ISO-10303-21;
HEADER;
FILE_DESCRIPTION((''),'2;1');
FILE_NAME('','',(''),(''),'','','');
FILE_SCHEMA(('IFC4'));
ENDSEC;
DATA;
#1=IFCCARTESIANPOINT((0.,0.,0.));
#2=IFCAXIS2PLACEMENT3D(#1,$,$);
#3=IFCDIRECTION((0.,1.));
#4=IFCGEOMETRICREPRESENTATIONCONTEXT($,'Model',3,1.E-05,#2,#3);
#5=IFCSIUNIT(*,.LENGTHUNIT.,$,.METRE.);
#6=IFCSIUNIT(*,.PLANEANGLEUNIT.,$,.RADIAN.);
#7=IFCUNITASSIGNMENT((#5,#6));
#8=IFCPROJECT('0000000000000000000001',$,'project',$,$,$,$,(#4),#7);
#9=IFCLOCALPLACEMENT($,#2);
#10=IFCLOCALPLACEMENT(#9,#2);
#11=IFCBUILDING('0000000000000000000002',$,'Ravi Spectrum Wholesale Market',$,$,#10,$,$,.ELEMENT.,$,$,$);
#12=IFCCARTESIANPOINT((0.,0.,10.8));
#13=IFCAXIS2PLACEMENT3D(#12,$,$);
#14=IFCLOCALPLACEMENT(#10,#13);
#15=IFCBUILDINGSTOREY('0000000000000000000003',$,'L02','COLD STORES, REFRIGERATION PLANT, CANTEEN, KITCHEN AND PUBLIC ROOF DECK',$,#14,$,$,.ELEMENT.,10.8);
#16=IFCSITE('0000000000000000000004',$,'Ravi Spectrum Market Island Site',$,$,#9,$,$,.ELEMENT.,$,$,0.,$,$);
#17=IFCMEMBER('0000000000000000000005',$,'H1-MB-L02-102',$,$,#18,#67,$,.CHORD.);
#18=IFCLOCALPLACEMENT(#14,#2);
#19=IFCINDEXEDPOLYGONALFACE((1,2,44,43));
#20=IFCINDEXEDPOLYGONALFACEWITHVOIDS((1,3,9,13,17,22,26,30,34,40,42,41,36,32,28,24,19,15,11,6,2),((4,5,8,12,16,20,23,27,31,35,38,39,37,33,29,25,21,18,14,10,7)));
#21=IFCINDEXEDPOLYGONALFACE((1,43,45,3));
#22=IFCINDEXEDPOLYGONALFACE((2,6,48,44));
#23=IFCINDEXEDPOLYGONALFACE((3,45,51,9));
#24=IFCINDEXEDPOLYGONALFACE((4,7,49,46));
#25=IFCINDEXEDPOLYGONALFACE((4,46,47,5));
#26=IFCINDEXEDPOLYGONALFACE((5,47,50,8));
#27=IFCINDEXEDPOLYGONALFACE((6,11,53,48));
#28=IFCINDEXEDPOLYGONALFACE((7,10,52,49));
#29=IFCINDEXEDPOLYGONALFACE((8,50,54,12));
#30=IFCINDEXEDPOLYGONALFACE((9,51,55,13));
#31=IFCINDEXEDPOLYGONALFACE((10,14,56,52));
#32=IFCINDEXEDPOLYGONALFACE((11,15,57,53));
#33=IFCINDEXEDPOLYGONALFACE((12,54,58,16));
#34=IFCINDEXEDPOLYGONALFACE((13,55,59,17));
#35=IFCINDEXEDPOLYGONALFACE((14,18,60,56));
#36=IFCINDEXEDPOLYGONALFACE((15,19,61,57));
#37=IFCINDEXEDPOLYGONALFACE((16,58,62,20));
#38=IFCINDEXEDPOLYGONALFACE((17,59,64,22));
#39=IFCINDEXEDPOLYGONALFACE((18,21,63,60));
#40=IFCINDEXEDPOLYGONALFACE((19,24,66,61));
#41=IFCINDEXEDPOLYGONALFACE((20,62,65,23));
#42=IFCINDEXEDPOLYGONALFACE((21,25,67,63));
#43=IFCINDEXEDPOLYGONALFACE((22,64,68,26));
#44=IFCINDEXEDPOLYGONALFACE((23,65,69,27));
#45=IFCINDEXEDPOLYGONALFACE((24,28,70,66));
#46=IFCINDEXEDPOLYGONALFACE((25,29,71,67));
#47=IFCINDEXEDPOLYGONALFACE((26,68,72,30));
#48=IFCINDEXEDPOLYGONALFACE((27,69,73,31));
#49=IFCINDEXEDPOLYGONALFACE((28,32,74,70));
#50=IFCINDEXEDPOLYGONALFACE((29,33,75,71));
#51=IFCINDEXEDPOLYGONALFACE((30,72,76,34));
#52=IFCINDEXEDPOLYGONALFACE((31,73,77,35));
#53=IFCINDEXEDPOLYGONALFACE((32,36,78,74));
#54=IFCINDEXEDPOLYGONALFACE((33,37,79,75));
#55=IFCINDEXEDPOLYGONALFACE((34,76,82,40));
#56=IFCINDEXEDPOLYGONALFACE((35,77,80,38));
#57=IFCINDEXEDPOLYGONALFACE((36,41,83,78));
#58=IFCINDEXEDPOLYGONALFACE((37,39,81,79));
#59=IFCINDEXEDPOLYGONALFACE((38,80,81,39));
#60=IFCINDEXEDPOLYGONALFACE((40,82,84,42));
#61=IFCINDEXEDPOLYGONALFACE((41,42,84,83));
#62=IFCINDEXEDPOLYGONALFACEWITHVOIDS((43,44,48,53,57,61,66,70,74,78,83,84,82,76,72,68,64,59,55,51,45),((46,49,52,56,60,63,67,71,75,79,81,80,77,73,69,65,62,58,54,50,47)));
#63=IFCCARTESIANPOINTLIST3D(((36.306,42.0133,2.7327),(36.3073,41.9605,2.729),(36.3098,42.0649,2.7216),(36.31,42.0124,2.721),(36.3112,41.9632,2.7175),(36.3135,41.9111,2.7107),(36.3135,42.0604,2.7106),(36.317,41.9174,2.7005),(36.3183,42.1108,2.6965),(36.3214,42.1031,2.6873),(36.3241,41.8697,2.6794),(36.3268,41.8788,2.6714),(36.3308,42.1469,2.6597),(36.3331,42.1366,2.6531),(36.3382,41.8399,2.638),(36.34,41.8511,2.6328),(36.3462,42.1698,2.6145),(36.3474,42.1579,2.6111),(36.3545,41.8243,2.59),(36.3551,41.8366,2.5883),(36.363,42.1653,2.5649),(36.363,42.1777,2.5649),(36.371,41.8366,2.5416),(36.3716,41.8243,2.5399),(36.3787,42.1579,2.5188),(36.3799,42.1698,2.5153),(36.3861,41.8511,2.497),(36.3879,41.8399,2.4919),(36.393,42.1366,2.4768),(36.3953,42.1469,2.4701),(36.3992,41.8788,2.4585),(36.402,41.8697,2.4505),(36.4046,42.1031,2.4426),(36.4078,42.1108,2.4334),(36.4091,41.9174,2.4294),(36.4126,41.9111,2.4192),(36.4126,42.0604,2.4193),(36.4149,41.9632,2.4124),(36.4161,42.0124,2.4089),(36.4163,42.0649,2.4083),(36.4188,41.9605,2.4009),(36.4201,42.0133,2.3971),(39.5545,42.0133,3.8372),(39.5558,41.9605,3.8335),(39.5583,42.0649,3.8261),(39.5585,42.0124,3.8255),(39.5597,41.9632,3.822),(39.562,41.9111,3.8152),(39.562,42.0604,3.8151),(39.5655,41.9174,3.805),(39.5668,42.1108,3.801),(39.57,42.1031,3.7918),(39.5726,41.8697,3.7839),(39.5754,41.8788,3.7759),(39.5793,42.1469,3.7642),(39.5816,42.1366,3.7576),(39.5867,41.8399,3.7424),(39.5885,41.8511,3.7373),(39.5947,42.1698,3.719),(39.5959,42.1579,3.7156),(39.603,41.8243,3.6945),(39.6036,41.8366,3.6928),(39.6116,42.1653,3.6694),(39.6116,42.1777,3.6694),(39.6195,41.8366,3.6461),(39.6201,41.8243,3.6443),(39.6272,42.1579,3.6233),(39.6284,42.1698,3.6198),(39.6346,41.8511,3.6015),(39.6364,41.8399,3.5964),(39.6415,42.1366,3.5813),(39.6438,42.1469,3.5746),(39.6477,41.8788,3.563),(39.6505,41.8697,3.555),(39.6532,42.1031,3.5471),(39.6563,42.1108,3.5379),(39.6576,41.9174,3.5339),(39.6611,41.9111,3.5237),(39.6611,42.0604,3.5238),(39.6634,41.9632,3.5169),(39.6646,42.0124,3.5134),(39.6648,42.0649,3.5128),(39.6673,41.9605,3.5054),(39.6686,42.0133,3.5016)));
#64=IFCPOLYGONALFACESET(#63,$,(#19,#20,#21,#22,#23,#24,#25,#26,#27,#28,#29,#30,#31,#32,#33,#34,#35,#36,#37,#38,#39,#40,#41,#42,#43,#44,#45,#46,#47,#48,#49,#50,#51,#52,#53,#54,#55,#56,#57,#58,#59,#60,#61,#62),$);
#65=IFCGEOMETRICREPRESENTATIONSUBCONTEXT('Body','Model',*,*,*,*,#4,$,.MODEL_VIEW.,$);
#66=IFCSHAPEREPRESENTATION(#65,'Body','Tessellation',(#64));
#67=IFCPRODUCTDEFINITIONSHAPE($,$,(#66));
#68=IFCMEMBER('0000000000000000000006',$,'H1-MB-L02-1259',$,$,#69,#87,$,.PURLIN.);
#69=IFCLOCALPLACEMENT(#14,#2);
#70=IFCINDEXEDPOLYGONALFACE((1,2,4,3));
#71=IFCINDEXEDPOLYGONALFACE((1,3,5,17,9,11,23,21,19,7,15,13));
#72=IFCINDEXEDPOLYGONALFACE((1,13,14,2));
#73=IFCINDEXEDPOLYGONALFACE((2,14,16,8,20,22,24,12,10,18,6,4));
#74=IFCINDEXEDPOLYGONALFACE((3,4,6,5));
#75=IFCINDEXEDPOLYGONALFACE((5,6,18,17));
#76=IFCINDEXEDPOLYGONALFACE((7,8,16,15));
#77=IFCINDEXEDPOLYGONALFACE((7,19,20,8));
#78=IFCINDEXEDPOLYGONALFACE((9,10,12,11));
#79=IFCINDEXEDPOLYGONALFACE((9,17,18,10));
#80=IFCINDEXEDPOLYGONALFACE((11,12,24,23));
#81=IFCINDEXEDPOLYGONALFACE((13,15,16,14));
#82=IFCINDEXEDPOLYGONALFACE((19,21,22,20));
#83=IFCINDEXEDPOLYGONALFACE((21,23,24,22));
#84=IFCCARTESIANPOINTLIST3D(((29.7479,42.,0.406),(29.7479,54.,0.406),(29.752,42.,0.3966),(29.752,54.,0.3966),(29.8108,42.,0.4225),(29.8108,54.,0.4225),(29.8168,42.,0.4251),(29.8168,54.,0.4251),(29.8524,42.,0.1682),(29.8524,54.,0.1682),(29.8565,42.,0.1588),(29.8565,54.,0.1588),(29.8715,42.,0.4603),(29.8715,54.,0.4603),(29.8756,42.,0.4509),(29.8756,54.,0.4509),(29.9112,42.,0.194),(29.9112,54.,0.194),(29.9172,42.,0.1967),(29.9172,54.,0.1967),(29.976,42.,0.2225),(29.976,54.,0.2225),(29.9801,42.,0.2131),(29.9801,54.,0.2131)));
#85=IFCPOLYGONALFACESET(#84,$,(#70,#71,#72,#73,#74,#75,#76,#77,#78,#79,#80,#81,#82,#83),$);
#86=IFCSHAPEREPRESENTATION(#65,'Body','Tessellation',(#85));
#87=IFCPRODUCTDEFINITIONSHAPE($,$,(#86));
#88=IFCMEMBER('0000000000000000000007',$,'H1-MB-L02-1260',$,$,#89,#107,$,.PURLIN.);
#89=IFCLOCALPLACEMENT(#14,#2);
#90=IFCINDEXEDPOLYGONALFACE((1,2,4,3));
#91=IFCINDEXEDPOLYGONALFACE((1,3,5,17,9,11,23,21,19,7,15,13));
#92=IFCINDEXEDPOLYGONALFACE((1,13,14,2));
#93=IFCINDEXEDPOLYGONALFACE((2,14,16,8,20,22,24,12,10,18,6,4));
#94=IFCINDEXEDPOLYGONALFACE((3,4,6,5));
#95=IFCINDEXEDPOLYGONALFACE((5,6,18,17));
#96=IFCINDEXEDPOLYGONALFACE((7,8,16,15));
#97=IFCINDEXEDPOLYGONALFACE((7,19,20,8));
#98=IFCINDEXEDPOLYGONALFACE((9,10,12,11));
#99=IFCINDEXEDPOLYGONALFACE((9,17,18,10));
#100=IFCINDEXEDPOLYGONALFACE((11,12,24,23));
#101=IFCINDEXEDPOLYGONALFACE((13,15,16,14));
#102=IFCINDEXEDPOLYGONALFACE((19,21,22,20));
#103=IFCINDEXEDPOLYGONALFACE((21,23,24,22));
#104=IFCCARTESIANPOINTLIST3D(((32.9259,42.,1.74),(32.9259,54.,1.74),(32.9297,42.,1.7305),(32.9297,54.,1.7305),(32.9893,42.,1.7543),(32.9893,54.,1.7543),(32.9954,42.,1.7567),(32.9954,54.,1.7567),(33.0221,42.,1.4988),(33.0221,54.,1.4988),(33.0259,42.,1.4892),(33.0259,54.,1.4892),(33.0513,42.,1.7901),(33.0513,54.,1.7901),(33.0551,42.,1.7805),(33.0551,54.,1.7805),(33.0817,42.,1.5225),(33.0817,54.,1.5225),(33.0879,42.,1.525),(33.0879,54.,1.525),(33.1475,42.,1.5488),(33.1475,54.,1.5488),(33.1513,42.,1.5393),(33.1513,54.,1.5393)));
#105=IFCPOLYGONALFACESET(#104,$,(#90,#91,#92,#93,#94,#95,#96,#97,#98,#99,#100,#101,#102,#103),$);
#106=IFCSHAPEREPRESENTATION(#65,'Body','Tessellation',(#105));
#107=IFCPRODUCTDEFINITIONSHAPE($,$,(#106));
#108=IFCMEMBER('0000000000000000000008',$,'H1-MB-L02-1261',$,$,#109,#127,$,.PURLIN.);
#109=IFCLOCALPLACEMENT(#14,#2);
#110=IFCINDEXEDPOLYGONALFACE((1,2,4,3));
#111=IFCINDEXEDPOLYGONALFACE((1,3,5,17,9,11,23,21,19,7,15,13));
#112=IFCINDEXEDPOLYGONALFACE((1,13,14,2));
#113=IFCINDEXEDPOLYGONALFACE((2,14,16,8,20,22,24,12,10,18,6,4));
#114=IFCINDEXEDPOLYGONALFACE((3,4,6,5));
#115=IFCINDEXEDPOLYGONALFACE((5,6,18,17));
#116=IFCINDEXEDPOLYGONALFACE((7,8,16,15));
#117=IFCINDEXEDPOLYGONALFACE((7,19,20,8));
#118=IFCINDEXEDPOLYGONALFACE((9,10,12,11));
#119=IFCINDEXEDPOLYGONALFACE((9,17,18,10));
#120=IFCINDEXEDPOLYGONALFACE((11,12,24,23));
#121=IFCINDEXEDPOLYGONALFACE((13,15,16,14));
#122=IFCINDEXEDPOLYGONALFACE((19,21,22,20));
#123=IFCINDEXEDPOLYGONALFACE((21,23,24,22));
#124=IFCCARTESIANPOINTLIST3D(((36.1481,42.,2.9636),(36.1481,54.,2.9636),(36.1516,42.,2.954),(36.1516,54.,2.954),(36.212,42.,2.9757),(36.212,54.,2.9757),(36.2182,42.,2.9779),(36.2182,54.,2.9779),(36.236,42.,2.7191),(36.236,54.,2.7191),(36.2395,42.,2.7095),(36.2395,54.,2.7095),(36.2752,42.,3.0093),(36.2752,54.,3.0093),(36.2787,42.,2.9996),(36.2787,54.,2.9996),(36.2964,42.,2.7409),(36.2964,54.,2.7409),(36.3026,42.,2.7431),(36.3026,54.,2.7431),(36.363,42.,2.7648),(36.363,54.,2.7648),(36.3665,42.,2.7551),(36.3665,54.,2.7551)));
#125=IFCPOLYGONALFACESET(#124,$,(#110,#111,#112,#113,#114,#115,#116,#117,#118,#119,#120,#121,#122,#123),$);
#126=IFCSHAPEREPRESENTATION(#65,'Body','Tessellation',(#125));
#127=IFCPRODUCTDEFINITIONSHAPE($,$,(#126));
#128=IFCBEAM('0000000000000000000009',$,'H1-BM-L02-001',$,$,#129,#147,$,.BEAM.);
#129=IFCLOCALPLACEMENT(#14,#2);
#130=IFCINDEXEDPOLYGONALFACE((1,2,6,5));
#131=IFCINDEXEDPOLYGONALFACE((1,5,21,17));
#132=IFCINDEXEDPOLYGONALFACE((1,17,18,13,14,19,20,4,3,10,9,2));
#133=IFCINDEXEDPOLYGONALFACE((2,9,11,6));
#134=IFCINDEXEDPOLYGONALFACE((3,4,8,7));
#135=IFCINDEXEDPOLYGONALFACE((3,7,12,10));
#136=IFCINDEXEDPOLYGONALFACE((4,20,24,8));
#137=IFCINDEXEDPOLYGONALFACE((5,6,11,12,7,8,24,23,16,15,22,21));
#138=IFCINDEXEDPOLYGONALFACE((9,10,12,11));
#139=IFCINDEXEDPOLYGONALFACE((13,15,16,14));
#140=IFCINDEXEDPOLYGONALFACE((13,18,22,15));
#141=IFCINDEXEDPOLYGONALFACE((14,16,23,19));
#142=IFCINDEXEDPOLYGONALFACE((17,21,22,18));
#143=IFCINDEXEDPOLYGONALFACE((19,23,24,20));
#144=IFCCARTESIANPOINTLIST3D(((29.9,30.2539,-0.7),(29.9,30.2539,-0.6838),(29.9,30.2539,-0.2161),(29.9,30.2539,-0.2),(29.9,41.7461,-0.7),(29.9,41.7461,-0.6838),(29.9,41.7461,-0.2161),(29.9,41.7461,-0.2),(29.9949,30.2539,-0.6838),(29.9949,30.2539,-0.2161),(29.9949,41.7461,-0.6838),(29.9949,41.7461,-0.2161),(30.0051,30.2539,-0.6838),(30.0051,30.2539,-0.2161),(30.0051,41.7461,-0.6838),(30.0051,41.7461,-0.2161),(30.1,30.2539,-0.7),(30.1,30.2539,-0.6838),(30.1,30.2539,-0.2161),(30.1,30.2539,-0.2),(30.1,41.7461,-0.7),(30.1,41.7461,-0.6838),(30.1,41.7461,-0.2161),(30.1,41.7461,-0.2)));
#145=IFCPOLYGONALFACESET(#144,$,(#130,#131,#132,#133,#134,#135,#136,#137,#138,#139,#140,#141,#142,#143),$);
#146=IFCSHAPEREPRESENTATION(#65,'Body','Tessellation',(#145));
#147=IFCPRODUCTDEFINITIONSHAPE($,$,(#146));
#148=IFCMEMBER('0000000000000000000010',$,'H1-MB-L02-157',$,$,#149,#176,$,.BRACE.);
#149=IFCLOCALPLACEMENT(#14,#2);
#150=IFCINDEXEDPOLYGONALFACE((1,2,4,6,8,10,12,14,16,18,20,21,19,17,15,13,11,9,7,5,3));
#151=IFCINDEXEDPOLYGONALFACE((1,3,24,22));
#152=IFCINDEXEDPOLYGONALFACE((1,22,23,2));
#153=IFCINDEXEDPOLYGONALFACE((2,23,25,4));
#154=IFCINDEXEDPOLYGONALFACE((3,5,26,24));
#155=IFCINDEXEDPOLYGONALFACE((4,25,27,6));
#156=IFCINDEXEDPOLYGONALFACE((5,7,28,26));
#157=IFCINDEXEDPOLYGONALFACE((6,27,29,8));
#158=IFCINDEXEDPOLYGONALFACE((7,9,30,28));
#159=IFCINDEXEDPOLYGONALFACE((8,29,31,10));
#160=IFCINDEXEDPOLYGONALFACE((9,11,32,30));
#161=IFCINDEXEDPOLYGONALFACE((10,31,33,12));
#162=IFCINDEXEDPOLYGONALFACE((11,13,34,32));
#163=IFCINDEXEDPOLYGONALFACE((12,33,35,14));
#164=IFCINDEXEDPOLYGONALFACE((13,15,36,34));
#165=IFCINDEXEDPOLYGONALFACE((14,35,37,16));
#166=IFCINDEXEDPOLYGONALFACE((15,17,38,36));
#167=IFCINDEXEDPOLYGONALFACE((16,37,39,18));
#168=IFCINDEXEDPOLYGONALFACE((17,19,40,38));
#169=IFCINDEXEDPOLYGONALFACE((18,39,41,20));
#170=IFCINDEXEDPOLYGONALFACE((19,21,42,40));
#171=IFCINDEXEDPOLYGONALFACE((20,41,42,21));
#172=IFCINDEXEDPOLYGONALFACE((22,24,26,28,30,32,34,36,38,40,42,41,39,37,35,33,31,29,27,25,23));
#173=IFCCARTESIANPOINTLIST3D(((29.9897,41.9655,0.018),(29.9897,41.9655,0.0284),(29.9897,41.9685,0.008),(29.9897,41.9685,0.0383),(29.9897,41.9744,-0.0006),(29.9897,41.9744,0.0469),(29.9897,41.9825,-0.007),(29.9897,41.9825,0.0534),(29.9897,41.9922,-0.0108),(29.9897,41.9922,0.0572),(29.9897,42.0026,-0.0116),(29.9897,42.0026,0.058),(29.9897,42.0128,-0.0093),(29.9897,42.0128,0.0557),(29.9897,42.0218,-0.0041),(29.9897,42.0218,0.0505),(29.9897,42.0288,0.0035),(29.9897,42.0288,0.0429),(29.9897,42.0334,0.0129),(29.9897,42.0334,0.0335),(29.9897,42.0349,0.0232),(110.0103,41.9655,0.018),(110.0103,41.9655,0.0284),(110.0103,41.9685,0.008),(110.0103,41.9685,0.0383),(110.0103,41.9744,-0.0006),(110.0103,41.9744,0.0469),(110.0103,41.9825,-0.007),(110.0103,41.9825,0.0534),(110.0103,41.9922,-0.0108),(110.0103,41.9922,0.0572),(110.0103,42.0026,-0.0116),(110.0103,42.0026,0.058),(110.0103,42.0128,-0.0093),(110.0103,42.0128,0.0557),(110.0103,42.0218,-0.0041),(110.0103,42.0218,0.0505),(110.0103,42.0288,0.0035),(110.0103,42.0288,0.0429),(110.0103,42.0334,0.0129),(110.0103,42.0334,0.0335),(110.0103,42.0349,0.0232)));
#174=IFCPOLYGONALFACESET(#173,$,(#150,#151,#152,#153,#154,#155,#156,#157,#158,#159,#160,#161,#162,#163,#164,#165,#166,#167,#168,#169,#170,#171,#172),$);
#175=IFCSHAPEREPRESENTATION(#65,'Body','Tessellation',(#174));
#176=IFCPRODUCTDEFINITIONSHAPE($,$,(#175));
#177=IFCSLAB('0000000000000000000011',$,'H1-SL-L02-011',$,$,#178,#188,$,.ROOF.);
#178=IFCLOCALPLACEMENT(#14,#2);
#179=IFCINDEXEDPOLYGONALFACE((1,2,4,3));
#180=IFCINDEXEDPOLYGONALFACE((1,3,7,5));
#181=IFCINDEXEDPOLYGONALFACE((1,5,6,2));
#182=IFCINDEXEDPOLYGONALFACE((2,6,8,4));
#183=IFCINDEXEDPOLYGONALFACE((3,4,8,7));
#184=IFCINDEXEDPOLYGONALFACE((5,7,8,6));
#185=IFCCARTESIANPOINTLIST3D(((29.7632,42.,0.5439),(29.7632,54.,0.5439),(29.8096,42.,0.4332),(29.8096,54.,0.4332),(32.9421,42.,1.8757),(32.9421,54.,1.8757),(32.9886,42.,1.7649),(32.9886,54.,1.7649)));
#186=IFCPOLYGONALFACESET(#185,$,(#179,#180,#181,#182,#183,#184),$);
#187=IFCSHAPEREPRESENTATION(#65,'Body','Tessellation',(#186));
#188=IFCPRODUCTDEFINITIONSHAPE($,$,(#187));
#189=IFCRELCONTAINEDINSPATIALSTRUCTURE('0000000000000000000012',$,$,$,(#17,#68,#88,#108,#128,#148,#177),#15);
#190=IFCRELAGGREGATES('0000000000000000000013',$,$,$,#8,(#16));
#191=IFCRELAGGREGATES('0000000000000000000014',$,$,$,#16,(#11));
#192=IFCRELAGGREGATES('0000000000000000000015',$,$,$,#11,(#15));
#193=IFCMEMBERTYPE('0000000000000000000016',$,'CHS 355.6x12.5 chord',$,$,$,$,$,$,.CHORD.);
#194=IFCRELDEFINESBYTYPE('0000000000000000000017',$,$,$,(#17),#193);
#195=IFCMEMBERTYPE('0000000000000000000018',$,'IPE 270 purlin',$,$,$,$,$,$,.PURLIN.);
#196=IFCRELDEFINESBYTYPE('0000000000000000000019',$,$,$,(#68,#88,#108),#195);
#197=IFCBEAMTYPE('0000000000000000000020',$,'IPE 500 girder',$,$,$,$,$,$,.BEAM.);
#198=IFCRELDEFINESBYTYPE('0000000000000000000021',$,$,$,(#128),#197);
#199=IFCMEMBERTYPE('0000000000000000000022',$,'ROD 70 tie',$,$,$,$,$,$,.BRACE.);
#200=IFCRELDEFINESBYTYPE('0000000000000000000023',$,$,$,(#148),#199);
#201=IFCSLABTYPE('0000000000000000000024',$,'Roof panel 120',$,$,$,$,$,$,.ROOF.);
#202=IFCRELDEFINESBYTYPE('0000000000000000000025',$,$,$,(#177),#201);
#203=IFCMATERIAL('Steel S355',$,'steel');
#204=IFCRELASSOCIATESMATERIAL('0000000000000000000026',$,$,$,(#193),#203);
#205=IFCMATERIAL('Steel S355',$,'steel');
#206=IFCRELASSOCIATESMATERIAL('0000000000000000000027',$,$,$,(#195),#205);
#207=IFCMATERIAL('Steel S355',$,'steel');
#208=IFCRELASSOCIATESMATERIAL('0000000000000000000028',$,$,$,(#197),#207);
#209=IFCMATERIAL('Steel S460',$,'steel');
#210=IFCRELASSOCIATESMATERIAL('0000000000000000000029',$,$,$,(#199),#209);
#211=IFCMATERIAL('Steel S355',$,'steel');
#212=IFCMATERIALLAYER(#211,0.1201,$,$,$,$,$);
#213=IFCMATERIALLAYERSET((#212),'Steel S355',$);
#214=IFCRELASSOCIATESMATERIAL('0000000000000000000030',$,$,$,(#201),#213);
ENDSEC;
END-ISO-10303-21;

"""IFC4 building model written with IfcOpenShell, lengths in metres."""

from ifc_helpers import new_model, si_unit, direction, frame, origin, origin_2d, place, context, subcontext, project, spatial, polyline, circle, hollow_circle, i_section, outline, extrude, material, layer, layer_set, material_profile, profile_set, type_object, element, save


model = new_model("IFC4")

# Units and contexts
model_context = context("Model", 3, precision=1e-05, world=origin(), true_north=direction((0.0, 1.0)))
body_context = subcontext(model_context, "Body", "Model", "MODEL_VIEW")
ifc_project = project(units=[si_unit("LENGTHUNIT", "METRE"), si_unit("PLANEANGLEUNIT", "RADIAN")], contexts=[model_context])

# Site, building, storey
site_placement = place(None, origin())
site = spatial("IfcSite", under=ifc_project, at=site_placement, Name="Ravi Spectrum Market Island Site", CompositionType="ELEMENT", RefElevation=0.0)
building_placement = place(site_placement, origin())
building = spatial("IfcBuilding", under=site, at=building_placement, Name="Ravi Spectrum Wholesale Market", CompositionType="ELEMENT")
storey_placement = place(building_placement, frame((0.0, 0.0, 10.8)))
storey = spatial("IfcBuildingStorey", under=building, at=storey_placement, Name="L02", Description="COLD STORES, REFRIGERATION PLANT, CANTEEN, KITCHEN AND PUBLIC ROOF DECK", CompositionType="ELEMENT", Elevation=10.8)

# Members
ifc_material_1 = material(Name="Steel S355", Category="steel")
ifc_material_profile_1 = material_profile(ifc_material_1, hollow_circle(Radius=0.1777, WallThickness=0.0125, at=origin_2d()))
ifc_profile_set_1 = profile_set([ifc_material_profile_1], Name="Steel S355")
member_type_1 = type_object("IfcMemberType", Name="CHS 355.6x12.5 chord", PredefinedType="CHORD", material=ifc_profile_set_1)
for number, where, z_axis, x_axis, name in (
    (1, (36.363, 42.0, 2.5649), (0.946774, 0.0, 0.3219), (0.0, 1.0, 0.0), "H1-MB-L02-102"),
):
    element("IfcMember", number, at=place(storey_placement, frame(where, z_axis=z_axis, x_axis=x_axis)), inside=storey, type_object=member_type_1, Name=name, PredefinedType="CHORD", context=body_context, shape_type="SweptSolid", body=[
        extrude(hollow_circle(Radius=0.1777, WallThickness=0.0125, at=origin_2d()), origin(), (0.0, 0.0, 1.0), 3.4312),
    ])
ifc_material_2 = material(Name="Steel S355", Category="steel")
ifc_material_profile_2 = material_profile(ifc_material_2, i_section(OverallWidth=0.135, OverallDepth=0.27, WebThickness=0.0066, FlangeThickness=0.0103, at=origin_2d()))
ifc_profile_set_2 = profile_set([ifc_material_profile_2], Name="Steel S355")
member_type_2 = type_object("IfcMemberType", Name="IPE 270 purlin", PredefinedType="PURLIN", material=ifc_profile_set_2)
for number, where, z_axis, x_axis, name in (
    (2, (29.864, 42.0, 0.3096), (0.0, 1.0, 0.0), (-0.915525, 0.0, -0.40226), "H1-MB-L02-1259"),
    (3, (33.0386, 42.0, 1.6396), (0.0, 1.0, 0.0), (-0.928855, 0.0, -0.370443), "H1-MB-L02-1260"),
    (4, (36.2573, 42.0, 2.8594), (0.0, 1.0, 0.0), (-0.94108, 0.0, -0.338184), "H1-MB-L02-1261"),
):
    element("IfcMember", number, at=place(storey_placement, frame(where, z_axis=z_axis, x_axis=x_axis)), inside=storey, type_object=member_type_2, Name=name, PredefinedType="PURLIN", context=body_context, shape_type="SweptSolid", body=[
        extrude(i_section(OverallWidth=0.135, OverallDepth=0.27, WebThickness=0.0066, FlangeThickness=0.0103, at=origin_2d()), origin(), (0.0, 0.0, 1.0), 12.0),
    ])

# Beam
ifc_material_3 = material(Name="Steel S355", Category="steel")
ifc_material_profile_3 = material_profile(ifc_material_3, i_section(OverallWidth=0.2, OverallDepth=0.5, WebThickness=0.0103, FlangeThickness=0.0161, at=origin_2d()))
ifc_profile_set_3 = profile_set([ifc_material_profile_3], Name="Steel S355")
beam_type = type_object("IfcBeamType", Name="IPE 500 girder", PredefinedType="BEAM", material=ifc_profile_set_3)
beam_placement = place(storey_placement, frame((30.0, 30.2539, -0.45), z_axis=(0.0, 1.0, 0.0), x_axis=(-1.0, 0.0, 0.0)))
element("IfcBeam", 5, at=beam_placement, inside=storey, type_object=beam_type, Name="H1-BM-L02-001", PredefinedType="BEAM", context=body_context, shape_type="SweptSolid", body=[
    extrude(i_section(OverallWidth=0.2, OverallDepth=0.5, WebThickness=0.0103, FlangeThickness=0.0161, at=origin_2d()), origin(), (0.0, 0.0, 1.0), 11.4922),
])

# Member
ifc_material_4 = material(Name="Steel S460", Category="steel")
ifc_material_profile_4 = material_profile(ifc_material_4, circle(Radius=0.0349, at=origin_2d()))
ifc_profile_set_4 = profile_set([ifc_material_profile_4], Name="Steel S460")
member_type_3 = type_object("IfcMemberType", Name="ROD 70 tie", PredefinedType="BRACE", material=ifc_profile_set_4)
member_1_placement = place(storey_placement, frame((29.9897, 42.0, 0.0232), z_axis=(1.0, 0.0, 0.0), x_axis=(0.0, 1.0, 0.0)))
element("IfcMember", 6, at=member_1_placement, inside=storey, type_object=member_type_3, Name="H1-MB-L02-157", PredefinedType="BRACE", context=body_context, shape_type="SweptSolid", body=[
    extrude(circle(Radius=0.0349, at=origin_2d()), origin(), (0.0, 0.0, 1.0), 80.0205),
])

# Slab
ifc_material_5 = material(Name="Steel S355", Category="steel")
ifc_layer_1 = layer(ifc_material_5, 0.1201)
ifc_layer_set_1 = layer_set([ifc_layer_1], Name="Steel S355")
slab_type = type_object("IfcSlabType", Name="Roof panel 120", PredefinedType="ROOF", material=ifc_layer_set_1)
slab_1_placement = place(storey_placement, frame((29.7632, 42.0, 0.5439), z_axis=(-0.3864, 0.0, 0.922331), x_axis=(0.922331, 0.0, 0.3864)))
element("IfcSlab", 7, at=slab_1_placement, inside=storey, type_object=slab_type, Name="H1-SL-L02-011", PredefinedType="ROOF", context=body_context, shape_type="SweptSolid", body=[
    extrude(outline(polyline([(0.0, 0.0), (3.4467, 0.0), (3.4467, 12.0), (0.0, 12.0), (0.0, 0.0)])), origin(), (0.0, 0.0, -1.0), 0.1201),
])

save(model, "model.ifc")
